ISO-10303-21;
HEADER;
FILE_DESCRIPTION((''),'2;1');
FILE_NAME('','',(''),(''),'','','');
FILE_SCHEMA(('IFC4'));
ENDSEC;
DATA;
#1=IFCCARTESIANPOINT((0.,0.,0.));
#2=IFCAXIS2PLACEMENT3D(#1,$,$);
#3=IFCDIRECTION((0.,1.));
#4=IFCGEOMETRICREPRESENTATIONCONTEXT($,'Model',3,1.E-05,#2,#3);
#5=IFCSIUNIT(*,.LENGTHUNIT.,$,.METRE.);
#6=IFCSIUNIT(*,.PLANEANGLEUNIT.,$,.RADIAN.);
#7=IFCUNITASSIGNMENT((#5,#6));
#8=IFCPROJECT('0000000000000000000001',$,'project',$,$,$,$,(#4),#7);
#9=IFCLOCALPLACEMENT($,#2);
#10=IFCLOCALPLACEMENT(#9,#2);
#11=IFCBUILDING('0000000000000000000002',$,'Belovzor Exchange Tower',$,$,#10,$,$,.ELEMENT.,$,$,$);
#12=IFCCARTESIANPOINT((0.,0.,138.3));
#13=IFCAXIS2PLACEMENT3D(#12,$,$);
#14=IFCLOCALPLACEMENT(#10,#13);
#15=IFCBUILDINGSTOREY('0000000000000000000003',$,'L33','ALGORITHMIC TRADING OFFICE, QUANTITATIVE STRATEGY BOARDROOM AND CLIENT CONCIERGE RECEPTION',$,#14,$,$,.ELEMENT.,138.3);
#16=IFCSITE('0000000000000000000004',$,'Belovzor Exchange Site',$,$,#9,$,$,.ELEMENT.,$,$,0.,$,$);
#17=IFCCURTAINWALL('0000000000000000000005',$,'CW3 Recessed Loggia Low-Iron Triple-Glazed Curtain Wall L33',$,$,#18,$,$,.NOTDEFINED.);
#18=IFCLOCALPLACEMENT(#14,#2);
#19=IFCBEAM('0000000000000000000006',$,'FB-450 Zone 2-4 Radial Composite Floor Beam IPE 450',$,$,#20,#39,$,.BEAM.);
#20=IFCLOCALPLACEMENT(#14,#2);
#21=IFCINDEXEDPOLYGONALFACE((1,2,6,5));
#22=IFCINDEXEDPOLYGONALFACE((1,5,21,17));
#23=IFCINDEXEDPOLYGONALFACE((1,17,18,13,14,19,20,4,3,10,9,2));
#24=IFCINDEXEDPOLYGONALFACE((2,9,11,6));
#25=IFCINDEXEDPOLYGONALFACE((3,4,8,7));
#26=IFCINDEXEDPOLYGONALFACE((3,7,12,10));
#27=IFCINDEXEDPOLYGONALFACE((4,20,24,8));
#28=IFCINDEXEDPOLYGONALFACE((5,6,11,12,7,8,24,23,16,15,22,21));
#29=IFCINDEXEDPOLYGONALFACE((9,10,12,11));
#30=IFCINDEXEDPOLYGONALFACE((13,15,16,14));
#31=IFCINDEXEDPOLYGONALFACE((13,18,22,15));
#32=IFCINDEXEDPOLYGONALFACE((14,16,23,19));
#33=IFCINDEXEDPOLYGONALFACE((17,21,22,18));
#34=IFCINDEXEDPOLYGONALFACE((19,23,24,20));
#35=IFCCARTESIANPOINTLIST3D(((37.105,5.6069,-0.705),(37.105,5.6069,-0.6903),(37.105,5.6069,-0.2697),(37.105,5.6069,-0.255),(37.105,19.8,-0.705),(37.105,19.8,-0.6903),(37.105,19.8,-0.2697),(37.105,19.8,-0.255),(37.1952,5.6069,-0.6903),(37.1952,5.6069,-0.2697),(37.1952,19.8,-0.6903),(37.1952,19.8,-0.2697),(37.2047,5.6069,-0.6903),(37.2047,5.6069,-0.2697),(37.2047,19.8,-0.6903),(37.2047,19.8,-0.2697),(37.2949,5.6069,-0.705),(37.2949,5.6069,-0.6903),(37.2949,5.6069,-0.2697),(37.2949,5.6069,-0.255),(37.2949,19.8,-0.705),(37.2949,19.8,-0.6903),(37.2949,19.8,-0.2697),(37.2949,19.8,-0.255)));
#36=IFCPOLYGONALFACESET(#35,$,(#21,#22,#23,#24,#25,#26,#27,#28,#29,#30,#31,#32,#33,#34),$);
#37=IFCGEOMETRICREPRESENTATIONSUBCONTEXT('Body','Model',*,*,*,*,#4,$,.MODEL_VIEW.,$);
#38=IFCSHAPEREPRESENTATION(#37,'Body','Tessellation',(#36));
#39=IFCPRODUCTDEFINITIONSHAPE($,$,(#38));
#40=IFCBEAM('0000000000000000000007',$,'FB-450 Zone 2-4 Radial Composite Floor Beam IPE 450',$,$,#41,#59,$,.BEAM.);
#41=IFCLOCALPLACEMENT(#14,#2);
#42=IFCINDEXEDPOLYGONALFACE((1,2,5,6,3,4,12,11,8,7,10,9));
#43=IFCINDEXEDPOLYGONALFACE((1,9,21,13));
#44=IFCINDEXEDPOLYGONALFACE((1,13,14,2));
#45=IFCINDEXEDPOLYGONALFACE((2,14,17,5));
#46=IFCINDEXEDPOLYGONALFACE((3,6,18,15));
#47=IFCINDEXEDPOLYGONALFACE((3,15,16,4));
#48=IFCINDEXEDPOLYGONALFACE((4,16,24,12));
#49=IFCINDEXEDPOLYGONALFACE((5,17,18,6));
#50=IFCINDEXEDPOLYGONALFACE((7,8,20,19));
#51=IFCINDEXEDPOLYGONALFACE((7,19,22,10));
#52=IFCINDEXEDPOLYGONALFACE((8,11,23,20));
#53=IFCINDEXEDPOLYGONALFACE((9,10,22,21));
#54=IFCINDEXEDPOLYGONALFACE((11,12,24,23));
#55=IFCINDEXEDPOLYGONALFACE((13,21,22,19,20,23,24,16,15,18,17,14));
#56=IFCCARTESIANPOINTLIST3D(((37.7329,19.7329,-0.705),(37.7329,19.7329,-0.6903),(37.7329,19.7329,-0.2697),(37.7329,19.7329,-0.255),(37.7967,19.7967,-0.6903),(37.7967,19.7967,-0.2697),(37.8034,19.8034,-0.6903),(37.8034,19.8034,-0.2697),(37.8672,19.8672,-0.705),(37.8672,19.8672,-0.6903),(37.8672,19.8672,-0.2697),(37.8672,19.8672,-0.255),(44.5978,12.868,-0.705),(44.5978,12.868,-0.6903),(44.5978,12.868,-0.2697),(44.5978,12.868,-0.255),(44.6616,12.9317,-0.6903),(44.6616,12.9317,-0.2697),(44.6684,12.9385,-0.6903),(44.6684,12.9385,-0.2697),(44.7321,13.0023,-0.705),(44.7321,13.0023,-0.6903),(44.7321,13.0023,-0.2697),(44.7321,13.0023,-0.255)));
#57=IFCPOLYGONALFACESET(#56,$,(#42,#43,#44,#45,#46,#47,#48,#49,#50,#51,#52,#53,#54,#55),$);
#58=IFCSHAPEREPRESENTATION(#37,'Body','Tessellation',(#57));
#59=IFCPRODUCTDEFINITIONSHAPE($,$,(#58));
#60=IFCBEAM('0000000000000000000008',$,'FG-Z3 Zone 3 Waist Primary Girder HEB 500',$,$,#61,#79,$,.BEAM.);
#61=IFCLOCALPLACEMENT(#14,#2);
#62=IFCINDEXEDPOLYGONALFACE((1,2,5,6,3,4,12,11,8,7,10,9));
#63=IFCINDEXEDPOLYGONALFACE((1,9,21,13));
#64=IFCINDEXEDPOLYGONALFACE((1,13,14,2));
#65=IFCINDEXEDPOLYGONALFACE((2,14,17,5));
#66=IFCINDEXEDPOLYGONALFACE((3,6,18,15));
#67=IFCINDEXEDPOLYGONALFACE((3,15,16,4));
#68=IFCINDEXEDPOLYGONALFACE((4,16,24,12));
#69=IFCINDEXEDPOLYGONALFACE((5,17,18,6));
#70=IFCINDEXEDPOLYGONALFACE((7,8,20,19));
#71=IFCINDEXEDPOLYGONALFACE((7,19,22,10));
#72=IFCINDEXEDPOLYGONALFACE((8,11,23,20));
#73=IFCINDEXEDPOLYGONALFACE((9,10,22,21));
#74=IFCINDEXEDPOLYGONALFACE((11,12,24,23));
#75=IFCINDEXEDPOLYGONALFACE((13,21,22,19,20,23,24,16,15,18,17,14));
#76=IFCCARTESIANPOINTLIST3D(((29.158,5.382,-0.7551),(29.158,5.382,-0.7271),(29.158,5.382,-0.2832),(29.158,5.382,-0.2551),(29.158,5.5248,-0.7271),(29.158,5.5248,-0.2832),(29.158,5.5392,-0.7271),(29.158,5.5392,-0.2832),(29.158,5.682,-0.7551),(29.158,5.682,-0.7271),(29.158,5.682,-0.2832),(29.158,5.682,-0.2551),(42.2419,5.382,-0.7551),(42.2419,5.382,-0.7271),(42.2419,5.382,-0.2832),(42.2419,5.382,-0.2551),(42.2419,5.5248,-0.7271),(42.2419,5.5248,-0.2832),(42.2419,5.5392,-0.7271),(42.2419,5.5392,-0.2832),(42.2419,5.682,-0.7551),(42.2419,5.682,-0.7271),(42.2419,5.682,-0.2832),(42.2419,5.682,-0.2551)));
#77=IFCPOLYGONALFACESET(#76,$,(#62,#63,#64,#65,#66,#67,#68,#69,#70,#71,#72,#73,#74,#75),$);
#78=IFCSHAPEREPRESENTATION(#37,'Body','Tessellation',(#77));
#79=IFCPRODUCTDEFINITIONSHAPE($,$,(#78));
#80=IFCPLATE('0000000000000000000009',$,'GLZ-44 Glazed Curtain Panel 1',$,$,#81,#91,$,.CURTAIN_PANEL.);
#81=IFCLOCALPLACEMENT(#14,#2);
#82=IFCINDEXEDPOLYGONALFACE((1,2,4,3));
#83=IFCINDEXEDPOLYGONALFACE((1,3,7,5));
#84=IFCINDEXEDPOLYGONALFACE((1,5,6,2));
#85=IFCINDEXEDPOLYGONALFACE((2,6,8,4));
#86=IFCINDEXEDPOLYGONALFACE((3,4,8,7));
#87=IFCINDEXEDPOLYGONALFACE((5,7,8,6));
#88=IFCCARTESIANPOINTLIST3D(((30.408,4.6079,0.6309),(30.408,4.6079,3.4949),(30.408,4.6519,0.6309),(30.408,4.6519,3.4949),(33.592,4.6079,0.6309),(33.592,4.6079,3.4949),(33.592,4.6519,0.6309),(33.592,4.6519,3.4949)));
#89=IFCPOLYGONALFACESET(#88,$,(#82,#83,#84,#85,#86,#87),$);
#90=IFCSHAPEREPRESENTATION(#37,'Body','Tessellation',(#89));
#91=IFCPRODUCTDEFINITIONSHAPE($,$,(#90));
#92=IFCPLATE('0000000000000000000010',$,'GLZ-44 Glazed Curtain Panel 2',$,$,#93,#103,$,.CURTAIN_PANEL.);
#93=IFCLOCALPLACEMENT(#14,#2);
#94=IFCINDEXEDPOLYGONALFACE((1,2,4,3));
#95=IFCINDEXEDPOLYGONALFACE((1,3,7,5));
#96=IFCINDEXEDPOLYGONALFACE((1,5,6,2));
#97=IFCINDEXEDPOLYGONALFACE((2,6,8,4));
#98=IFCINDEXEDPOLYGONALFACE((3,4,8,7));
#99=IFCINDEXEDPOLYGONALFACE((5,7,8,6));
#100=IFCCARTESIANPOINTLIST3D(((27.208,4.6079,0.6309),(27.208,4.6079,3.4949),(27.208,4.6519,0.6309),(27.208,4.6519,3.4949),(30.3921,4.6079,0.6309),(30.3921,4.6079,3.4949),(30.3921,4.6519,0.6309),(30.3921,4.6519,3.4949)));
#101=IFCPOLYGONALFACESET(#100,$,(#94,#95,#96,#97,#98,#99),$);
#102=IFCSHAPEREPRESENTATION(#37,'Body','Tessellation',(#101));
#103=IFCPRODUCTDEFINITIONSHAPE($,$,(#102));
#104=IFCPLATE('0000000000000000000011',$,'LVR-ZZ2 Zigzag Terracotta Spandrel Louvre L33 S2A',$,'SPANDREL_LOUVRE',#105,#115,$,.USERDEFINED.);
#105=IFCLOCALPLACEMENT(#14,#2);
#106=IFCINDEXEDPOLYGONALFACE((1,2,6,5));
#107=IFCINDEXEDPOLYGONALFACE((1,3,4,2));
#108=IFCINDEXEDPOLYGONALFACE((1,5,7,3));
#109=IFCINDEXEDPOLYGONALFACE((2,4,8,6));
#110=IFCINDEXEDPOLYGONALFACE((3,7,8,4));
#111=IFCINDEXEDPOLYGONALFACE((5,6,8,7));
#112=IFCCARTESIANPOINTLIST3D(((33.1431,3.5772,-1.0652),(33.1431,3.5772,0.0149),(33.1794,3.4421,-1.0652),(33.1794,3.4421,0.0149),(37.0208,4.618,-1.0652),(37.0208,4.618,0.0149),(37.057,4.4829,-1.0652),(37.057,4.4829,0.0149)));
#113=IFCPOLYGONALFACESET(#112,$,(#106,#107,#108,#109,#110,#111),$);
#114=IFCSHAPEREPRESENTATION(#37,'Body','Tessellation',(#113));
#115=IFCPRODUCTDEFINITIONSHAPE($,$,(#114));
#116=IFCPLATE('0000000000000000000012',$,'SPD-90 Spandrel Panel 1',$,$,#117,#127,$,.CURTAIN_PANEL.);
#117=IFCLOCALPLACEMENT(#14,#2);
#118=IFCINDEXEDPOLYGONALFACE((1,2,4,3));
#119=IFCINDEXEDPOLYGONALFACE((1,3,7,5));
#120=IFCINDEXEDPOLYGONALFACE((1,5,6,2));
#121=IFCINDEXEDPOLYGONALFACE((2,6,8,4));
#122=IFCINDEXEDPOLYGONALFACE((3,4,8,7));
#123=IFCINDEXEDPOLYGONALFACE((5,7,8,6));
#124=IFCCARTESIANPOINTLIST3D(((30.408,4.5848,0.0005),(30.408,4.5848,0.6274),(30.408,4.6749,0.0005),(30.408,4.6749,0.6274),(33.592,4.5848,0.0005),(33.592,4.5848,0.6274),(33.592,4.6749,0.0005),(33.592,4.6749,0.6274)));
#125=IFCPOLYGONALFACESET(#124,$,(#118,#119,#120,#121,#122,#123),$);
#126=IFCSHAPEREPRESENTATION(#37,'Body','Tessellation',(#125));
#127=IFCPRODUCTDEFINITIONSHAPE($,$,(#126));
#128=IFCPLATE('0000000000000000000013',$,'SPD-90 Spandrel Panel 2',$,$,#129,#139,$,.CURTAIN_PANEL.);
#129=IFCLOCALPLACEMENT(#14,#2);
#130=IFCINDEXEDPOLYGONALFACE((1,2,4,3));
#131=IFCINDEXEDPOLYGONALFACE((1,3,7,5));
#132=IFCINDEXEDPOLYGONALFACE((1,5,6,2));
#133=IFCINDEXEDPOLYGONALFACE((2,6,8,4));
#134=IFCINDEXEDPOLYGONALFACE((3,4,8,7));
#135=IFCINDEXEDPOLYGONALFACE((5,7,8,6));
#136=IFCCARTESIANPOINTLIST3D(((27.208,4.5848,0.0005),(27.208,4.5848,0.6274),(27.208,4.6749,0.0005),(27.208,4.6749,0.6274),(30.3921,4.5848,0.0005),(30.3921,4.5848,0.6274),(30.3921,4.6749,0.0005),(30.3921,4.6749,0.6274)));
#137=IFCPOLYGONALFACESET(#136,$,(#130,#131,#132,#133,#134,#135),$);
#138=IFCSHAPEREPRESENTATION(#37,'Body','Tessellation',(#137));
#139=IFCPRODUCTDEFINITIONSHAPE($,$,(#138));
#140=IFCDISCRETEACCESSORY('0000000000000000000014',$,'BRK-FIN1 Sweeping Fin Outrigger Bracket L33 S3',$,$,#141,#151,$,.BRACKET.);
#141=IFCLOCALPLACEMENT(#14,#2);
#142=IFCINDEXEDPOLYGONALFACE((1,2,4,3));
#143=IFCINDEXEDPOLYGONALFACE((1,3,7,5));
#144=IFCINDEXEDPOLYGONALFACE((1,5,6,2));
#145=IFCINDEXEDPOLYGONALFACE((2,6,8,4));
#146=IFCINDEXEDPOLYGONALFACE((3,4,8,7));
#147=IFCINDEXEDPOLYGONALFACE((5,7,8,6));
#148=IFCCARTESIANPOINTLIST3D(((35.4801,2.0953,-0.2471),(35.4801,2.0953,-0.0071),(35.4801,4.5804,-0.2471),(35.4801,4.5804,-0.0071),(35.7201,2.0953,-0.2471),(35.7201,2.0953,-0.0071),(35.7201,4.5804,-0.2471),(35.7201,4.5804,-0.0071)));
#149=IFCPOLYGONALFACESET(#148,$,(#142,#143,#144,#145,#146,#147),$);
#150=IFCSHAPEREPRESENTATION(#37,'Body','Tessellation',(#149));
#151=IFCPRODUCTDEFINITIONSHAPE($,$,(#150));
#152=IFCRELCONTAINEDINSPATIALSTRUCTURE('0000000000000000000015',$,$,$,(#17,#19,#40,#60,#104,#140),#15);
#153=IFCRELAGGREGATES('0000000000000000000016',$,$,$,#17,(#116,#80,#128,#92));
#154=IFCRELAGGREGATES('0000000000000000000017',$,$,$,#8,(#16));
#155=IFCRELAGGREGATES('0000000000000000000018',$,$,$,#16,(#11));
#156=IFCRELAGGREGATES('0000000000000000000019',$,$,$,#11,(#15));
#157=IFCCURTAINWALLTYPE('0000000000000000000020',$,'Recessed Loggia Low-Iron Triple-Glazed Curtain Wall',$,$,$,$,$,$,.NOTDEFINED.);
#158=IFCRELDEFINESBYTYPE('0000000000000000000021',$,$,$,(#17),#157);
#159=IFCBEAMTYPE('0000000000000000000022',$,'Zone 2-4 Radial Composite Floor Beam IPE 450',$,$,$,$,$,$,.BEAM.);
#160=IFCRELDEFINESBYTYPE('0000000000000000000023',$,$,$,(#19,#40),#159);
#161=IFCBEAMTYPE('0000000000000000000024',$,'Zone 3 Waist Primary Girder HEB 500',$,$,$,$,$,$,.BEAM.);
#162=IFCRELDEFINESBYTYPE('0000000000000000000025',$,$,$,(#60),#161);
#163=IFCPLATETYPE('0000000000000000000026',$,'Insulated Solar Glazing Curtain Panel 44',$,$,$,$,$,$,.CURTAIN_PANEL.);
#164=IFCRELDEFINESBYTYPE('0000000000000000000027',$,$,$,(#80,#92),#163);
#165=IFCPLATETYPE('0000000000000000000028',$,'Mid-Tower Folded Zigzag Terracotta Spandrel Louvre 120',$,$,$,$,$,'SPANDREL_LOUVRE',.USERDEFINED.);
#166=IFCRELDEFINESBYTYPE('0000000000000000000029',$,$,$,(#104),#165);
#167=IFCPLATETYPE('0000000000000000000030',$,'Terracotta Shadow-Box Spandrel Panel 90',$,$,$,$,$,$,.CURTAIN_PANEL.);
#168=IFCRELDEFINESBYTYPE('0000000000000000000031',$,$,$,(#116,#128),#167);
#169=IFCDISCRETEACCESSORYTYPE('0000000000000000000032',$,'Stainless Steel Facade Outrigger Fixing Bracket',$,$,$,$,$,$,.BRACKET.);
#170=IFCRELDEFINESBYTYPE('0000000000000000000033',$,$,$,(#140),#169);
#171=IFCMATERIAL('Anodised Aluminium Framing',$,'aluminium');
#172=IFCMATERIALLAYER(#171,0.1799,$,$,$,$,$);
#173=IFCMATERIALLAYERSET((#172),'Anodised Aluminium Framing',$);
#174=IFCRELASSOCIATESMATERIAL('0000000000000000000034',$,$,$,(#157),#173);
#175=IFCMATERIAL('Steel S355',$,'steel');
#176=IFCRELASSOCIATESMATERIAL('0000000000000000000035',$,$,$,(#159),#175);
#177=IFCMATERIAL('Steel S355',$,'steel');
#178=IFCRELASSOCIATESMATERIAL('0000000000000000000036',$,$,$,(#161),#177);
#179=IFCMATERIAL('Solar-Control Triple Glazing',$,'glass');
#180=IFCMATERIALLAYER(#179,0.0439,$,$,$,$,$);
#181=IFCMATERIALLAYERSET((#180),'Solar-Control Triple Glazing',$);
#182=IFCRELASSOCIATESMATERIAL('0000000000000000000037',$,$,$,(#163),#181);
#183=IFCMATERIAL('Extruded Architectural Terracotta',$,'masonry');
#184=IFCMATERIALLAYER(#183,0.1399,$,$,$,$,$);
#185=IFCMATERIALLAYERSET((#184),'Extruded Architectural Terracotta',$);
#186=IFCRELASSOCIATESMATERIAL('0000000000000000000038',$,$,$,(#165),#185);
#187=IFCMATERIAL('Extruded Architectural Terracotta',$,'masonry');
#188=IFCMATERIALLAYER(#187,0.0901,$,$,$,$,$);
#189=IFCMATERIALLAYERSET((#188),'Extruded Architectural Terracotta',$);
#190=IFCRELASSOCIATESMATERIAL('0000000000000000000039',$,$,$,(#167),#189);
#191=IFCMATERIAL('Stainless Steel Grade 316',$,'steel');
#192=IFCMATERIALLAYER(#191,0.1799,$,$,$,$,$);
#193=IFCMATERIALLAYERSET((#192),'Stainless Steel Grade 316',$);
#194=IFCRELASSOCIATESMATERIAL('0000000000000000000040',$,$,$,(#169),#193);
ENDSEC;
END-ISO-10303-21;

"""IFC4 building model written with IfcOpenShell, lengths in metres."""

from ifc_helpers import new_model, si_unit, direction, frame, origin, origin_2d, place, context, subcontext, project, spatial, rectangle, i_section, extrude, material, layer, layer_set, material_profile, profile_set, type_object, element, aggregate, save


model = new_model("IFC4")

# Units and contexts
model_context = context("Model", 3, precision=1e-05, world=origin(), true_north=direction((0.0, 1.0)))
body_context = subcontext(model_context, "Body", "Model", "MODEL_VIEW")
ifc_project = project(units=[si_unit("LENGTHUNIT", "METRE"), si_unit("PLANEANGLEUNIT", "RADIAN")], contexts=[model_context])

# Site, building, storey
site_placement = place(None, origin())
site = spatial("IfcSite", under=ifc_project, at=site_placement, Name="Belovzor Exchange Site", CompositionType="ELEMENT", RefElevation=0.0)
building_placement = place(site_placement, origin())
building = spatial("IfcBuilding", under=site, at=building_placement, Name="Belovzor Exchange Tower", CompositionType="ELEMENT")
storey_placement = place(building_placement, frame((0.0, 0.0, 138.3)))
storey = spatial("IfcBuildingStorey", under=building, at=storey_placement, Name="L33", Description="ALGORITHMIC TRADING OFFICE, QUANTITATIVE STRATEGY BOARDROOM AND CLIENT CONCIERGE RECEPTION", CompositionType="ELEMENT", Elevation=138.3)

# Curtain wall
ifc_material_1 = material(Name="Anodised Aluminium Framing", Category="aluminium")
ifc_layer_1 = layer(ifc_material_1, 0.1799)
ifc_layer_set_1 = layer_set([ifc_layer_1], Name="Anodised Aluminium Framing")
curtain_wall_type = type_object("IfcCurtainWallType", Name="Recessed Loggia Low-Iron Triple-Glazed Curtain Wall", PredefinedType="NOTDEFINED", material=ifc_layer_set_1)
curtain_wall_placement = place(storey_placement, origin())
curtain_wall = element("IfcCurtainWall", 1, at=curtain_wall_placement, inside=storey, type_object=curtain_wall_type, Name="CW3 Recessed Loggia Low-Iron Triple-Glazed Curtain Wall L33", PredefinedType="NOTDEFINED")

# Beams
ifc_material_2 = material(Name="Steel S355", Category="steel")
ifc_material_profile_1 = material_profile(ifc_material_2, i_section(OverallWidth=0.1899, OverallDepth=0.45, WebThickness=0.0095, FlangeThickness=0.0146, at=origin_2d()))
ifc_profile_set_1 = profile_set([ifc_material_profile_1], Name="Steel S355")
beam_type_1 = type_object("IfcBeamType", Name="Zone 2-4 Radial Composite Floor Beam IPE 450", PredefinedType="BEAM", material=ifc_profile_set_1)
beam_1_placement = place(storey_placement, frame((37.2, 19.8, -0.48), z_axis=(0.0, -1.0, 0.0), x_axis=(1.0, 0.0, 0.0)))
element("IfcBeam", 2, at=beam_1_placement, inside=storey, type_object=beam_type_1, Name="FB-450 Zone 2-4 Radial Composite Floor Beam IPE 450", PredefinedType="BEAM", context=body_context, shape_type="SweptSolid", body=[
    extrude(i_section(OverallWidth=0.1899, OverallDepth=0.45, WebThickness=0.0095, FlangeThickness=0.0146, at=origin_2d()), origin(), (0.0, 0.0, 1.0), 14.1931),
])
beam_2_placement = place(storey_placement, frame((37.8, 19.8, -0.48), z_axis=(0.707107, -0.707107, 0.0), x_axis=(0.707107, 0.707107, 0.0)))
element("IfcBeam", 3, at=beam_2_placement, inside=storey, type_object=beam_type_1, Name="FB-450 Zone 2-4 Radial Composite Floor Beam IPE 450", PredefinedType="BEAM", context=body_context, shape_type="SweptSolid", body=[
    extrude(i_section(OverallWidth=0.1899, OverallDepth=0.45, WebThickness=0.0095, FlangeThickness=0.0146, at=origin_2d()), origin(), (0.0, 0.0, 1.0), 9.7085),
])
ifc_material_3 = material(Name="Steel S355", Category="steel")
ifc_material_profile_2 = material_profile(ifc_material_3, i_section(OverallWidth=0.3, OverallDepth=0.5, WebThickness=0.0144, FlangeThickness=0.0281, at=origin_2d()))
ifc_profile_set_2 = profile_set([ifc_material_profile_2], Name="Steel S355")
beam_type_2 = type_object("IfcBeamType", Name="Zone 3 Waist Primary Girder HEB 500", PredefinedType="BEAM", material=ifc_profile_set_2)
beam_3_placement = place(storey_placement, frame((29.158, 5.532, -0.5051), z_axis=(1.0, 0.0, 0.0), x_axis=(0.0, 1.0, 0.0)))
element("IfcBeam", 4, at=beam_3_placement, inside=storey, type_object=beam_type_2, Name="FG-Z3 Zone 3 Waist Primary Girder HEB 500", PredefinedType="BEAM", context=body_context, shape_type="SweptSolid", body=[
    extrude(i_section(OverallWidth=0.3, OverallDepth=0.5, WebThickness=0.0144, FlangeThickness=0.0281, at=origin_2d()), origin(), (0.0, 0.0, 1.0), 13.084),
])

# Plates
ifc_material_4 = material(Name="Solar-Control Triple Glazing", Category="glass")
ifc_layer_2 = layer(ifc_material_4, 0.0439)
ifc_layer_set_2 = layer_set([ifc_layer_2], Name="Solar-Control Triple Glazing")
plate_type_1 = type_object("IfcPlateType", Name="Insulated Solar Glazing Curtain Panel 44", PredefinedType="CURTAIN_PANEL", material=ifc_layer_set_2)
plate_1_placement = place(storey_placement, frame((32.0, 4.6299, 0.6309), z_axis=(0.0, 0.0, 1.0), x_axis=(-1.0, 0.0, 0.0)))
plate_1 = element("IfcPlate", 5, at=plate_1_placement, type_object=plate_type_1, Name="GLZ-44 Glazed Curtain Panel 1", PredefinedType="CURTAIN_PANEL", context=body_context, shape_type="SweptSolid", body=[
    extrude(rectangle(XDim=3.1841, YDim=0.0439, at=origin_2d()), origin(), (0.0, 0.0, 1.0), 2.864),
])
plate_2_placement = place(storey_placement, frame((28.8, 4.6299, 0.6309), z_axis=(0.0, 0.0, 1.0), x_axis=(-1.0, 0.0, 0.0)))
plate_2 = element("IfcPlate", 6, at=plate_2_placement, type_object=plate_type_1, Name="GLZ-44 Glazed Curtain Panel 2", PredefinedType="CURTAIN_PANEL", context=body_context, shape_type="SweptSolid", body=[
    extrude(rectangle(XDim=3.1841, YDim=0.0439, at=origin_2d()), origin(), (0.0, 0.0, 1.0), 2.864),
])
ifc_material_5 = material(Name="Extruded Architectural Terracotta", Category="masonry")
ifc_layer_3 = layer(ifc_material_5, 0.1399)
ifc_layer_set_3 = layer_set([ifc_layer_3], Name="Extruded Architectural Terracotta")
plate_type_2 = type_object("IfcPlateType", Name="Mid-Tower Folded Zigzag Terracotta Spandrel Louvre 120", ElementType="SPANDREL_LOUVRE", PredefinedType="USERDEFINED", material=ifc_layer_set_3)
plate_3_placement = place(storey_placement, frame((35.1001, 4.03, -1.0652), z_axis=(0.0, 0.0, 1.0), x_axis=(0.965813, 0.25924, 0.0)))
element("IfcPlate", 7, at=plate_3_placement, inside=storey, type_object=plate_type_2, Name="LVR-ZZ2 Zigzag Terracotta Spandrel Louvre L33 S2A", ObjectType="SPANDREL_LOUVRE", PredefinedType="USERDEFINED", context=body_context, shape_type="SweptSolid", body=[
    extrude(rectangle(XDim=4.0149, YDim=0.1399, at=origin_2d()), origin(), (0.0, 0.0, 1.0), 1.0801),
])
ifc_material_6 = material(Name="Extruded Architectural Terracotta", Category="masonry")
ifc_layer_4 = layer(ifc_material_6, 0.0901)
ifc_layer_set_4 = layer_set([ifc_layer_4], Name="Extruded Architectural Terracotta")
plate_type_3 = type_object("IfcPlateType", Name="Terracotta Shadow-Box Spandrel Panel 90", PredefinedType="CURTAIN_PANEL", material=ifc_layer_set_4)
plate_4_placement = place(storey_placement, frame((32.0, 4.6299, 0.0005), z_axis=(0.0, 0.0, 1.0), x_axis=(-1.0, 0.0, 0.0)))
plate_4 = element("IfcPlate", 8, at=plate_4_placement, type_object=plate_type_3, Name="SPD-90 Spandrel Panel 1", PredefinedType="CURTAIN_PANEL", context=body_context, shape_type="SweptSolid", body=[
    extrude(rectangle(XDim=3.1841, YDim=0.0901, at=origin_2d()), origin(), (0.0, 0.0, 1.0), 0.627),
])
plate_5_placement = place(storey_placement, frame((28.8, 4.6299, 0.0005), z_axis=(0.0, 0.0, 1.0), x_axis=(-1.0, 0.0, 0.0)))
plate_5 = element("IfcPlate", 9, at=plate_5_placement, type_object=plate_type_3, Name="SPD-90 Spandrel Panel 2", PredefinedType="CURTAIN_PANEL", context=body_context, shape_type="SweptSolid", body=[
    extrude(rectangle(XDim=3.1841, YDim=0.0901, at=origin_2d()), origin(), (0.0, 0.0, 1.0), 0.627),
])
aggregate(curtain_wall, [plate_4, plate_1, plate_5, plate_2])

# Discrete accessory
ifc_material_7 = material(Name="Stainless Steel Grade 316", Category="steel")
ifc_layer_5 = layer(ifc_material_7, 0.1799)
ifc_layer_set_5 = layer_set([ifc_layer_5], Name="Stainless Steel Grade 316")
discrete_accessory_type = type_object("IfcDiscreteAccessoryType", Name="Stainless Steel Facade Outrigger Fixing Bracket", PredefinedType="BRACKET", material=ifc_layer_set_5)
discrete_accessory_placement = place(storey_placement, frame((35.6001, 3.3379, -0.2471), z_axis=(0.0, 0.0, 1.0), x_axis=(0.0, 1.0, 0.0)))
element("IfcDiscreteAccessory", 10, at=discrete_accessory_placement, inside=storey, type_object=discrete_accessory_type, Name="BRK-FIN1 Sweeping Fin Outrigger Bracket L33 S3", PredefinedType="BRACKET", context=body_context, shape_type="SweptSolid", body=[
    extrude(rectangle(XDim=2.4851, YDim=0.24, at=origin_2d()), origin(), (0.0, 0.0, 1.0), 0.24),
])

save(model, "model.ifc")
